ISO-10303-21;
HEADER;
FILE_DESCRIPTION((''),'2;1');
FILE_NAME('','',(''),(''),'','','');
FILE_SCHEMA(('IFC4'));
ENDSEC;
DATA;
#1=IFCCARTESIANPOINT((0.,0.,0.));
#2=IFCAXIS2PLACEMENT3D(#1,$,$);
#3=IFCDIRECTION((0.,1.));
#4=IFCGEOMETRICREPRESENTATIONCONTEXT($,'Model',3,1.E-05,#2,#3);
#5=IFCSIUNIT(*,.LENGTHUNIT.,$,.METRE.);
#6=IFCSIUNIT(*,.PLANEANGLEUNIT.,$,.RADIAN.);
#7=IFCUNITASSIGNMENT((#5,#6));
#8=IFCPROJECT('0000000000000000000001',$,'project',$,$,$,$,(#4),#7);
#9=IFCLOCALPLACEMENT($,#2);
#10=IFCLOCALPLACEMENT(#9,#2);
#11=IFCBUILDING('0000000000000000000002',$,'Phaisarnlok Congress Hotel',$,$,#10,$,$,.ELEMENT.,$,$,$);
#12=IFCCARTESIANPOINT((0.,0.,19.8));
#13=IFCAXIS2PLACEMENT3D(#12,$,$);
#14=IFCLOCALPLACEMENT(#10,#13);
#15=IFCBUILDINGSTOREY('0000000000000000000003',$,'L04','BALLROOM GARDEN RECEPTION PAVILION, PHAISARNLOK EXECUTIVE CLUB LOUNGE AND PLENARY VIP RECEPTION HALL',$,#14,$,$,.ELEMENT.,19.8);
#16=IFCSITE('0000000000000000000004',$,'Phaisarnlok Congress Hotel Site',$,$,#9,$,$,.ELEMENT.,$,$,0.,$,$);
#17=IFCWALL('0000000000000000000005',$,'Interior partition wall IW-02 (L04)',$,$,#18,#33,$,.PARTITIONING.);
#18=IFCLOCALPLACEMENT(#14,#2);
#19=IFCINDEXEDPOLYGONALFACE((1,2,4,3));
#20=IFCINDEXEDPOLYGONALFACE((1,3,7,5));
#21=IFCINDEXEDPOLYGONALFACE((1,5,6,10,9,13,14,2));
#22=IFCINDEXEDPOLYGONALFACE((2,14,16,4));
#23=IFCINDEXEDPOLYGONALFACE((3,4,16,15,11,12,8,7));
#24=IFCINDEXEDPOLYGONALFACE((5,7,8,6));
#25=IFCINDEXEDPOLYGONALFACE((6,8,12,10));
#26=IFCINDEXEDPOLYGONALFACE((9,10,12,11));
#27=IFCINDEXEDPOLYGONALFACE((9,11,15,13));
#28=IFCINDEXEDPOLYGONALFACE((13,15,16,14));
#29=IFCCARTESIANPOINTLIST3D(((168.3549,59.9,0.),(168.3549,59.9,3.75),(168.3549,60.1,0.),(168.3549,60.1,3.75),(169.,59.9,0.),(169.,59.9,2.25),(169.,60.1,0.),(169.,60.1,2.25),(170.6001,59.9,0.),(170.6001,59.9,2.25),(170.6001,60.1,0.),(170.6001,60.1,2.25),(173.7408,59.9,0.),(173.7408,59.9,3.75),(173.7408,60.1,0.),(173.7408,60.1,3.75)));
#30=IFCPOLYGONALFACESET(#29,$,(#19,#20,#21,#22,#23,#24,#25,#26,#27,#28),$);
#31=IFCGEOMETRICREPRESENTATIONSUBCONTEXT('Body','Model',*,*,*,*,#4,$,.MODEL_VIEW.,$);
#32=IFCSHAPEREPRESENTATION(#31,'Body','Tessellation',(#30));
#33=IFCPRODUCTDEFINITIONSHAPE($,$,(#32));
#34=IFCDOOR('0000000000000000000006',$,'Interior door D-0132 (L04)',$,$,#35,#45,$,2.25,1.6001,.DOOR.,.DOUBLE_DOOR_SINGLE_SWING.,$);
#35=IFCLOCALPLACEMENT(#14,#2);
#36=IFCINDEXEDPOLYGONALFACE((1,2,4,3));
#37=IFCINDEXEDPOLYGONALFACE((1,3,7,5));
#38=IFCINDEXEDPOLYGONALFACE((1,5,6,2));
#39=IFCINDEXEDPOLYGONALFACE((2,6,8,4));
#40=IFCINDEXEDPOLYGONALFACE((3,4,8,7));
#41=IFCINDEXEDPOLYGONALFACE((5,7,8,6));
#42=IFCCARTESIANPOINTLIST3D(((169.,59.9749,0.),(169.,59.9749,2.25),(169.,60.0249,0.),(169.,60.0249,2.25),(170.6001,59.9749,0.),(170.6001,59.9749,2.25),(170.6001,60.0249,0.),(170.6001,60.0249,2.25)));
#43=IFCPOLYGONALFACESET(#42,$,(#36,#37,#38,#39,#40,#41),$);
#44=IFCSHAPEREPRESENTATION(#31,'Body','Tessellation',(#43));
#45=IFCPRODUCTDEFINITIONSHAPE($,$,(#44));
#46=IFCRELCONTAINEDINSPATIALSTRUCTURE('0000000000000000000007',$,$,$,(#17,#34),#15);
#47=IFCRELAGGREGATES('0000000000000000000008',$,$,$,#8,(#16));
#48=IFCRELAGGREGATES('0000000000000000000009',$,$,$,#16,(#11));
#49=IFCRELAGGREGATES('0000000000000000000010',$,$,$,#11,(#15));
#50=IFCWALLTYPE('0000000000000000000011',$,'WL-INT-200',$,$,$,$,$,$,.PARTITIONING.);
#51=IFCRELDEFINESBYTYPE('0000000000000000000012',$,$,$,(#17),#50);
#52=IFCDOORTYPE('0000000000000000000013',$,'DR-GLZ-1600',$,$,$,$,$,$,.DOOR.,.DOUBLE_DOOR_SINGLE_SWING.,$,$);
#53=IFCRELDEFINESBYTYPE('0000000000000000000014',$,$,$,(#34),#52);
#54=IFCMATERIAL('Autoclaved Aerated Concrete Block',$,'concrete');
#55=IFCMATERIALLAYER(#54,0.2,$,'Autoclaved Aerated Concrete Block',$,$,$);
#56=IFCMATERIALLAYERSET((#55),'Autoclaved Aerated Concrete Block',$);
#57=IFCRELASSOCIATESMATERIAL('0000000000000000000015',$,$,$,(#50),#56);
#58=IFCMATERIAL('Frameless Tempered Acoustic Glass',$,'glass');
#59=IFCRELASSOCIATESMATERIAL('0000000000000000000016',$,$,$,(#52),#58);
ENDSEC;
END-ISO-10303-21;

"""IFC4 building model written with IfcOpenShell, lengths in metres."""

from ifc_helpers import new_model, si_unit, direction, frame, frame_2d, origin, place, context, subcontext, project, spatial, rectangle, extrude, material, layer, layer_set, type_object, element, fill, save


model = new_model("IFC4")

# Units and contexts
model_context = context("Model", 3, precision=1e-05, world=origin(), true_north=direction((0.0, 1.0)))
body_context = subcontext(model_context, "Body", "Model", "MODEL_VIEW")
ifc_project = project(units=[si_unit("LENGTHUNIT", "METRE"), si_unit("PLANEANGLEUNIT", "RADIAN")], contexts=[model_context])

# Site, building, storey
site_placement = place(None, origin())
site = spatial("IfcSite", under=ifc_project, at=site_placement, Name="Phaisarnlok Congress Hotel Site", CompositionType="ELEMENT", RefElevation=0.0)
building_placement = place(site_placement, origin())
building = spatial("IfcBuilding", under=site, at=building_placement, Name="Phaisarnlok Congress Hotel", CompositionType="ELEMENT")
storey_placement = place(building_placement, frame((0.0, 0.0, 19.8)))
storey = spatial("IfcBuildingStorey", under=building, at=storey_placement, Name="L04", Description="BALLROOM GARDEN RECEPTION PAVILION, PHAISARNLOK EXECUTIVE CLUB LOUNGE AND PLENARY VIP RECEPTION HALL", CompositionType="ELEMENT", Elevation=19.8)

# Wall, opening, door
ifc_material_1 = material(Name="Autoclaved Aerated Concrete Block", Category="concrete")
ifc_layer_1 = layer(ifc_material_1, 0.2, Name="Autoclaved Aerated Concrete Block")
ifc_layer_set_1 = layer_set([ifc_layer_1], Name="Autoclaved Aerated Concrete Block")
wall_type_1 = type_object("IfcWallType", Name="WL-INT-200", PredefinedType="PARTITIONING", material=ifc_layer_set_1)
wall_1_placement = place(storey_placement, frame((168.355, 60.0, 0.0), z_axis=(0.0, 0.0, 1.0), x_axis=(1.0, 0.0, 0.0)))
wall_1 = element("IfcWall", 1, at=wall_1_placement, inside=storey, type_object=wall_type_1, Name="Interior partition wall IW-02 (L04)", PredefinedType="PARTITIONING", context=body_context, shape_type="SweptSolid", body=[
    extrude(rectangle(XDim=5.386, YDim=0.2, at=frame_2d((2.6929, 0.0))), origin(), (0.0, 0.0, 1.0), 3.75),
])
opening_1_placement = place(wall_1_placement, frame((0.645, 0.0, 0.0)))
opening_1 = element("IfcOpeningElement", 2, at=opening_1_placement, cuts=wall_1, PredefinedType="OPENING", context=body_context, shape_type="SweptSolid", body=[
    extrude(rectangle(XDim=1.6001, YDim=2.25, at=frame_2d((0.8, 1.125))), frame((0.0, 0.1099, 0.0), z_axis=(0.0, -1.0, 0.0), x_axis=(1.0, 0.0, 0.0)), (0.0, 0.0, 1.0), 0.22),
])
ifc_material_2 = material(Name="Frameless Tempered Acoustic Glass", Category="glass")
door_type_1 = type_object("IfcDoorType", Name="DR-GLZ-1600", OperationType="DOUBLE_DOOR_SINGLE_SWING", PredefinedType="DOOR", material=ifc_material_2)
door_1_placement = place(opening_1_placement, origin())
door_1 = element("IfcDoor", 3, at=door_1_placement, inside=storey, type_object=door_type_1, Name="Interior door D-0132 (L04)", OperationType="DOUBLE_DOOR_SINGLE_SWING", OverallHeight=2.25, OverallWidth=1.6001, PredefinedType="DOOR", context=body_context, shape_type="SweptSolid", body=[
    extrude(rectangle(XDim=1.6001, YDim=2.25, at=frame_2d((0.8, 1.125))), frame((0.0, 0.0249, 0.0), z_axis=(0.0, -1.0, 0.0), x_axis=(1.0, 0.0, 0.0)), (0.0, 0.0, 1.0), 0.05),
])
fill(opening_1, door_1)

save(model, "model.ifc")
